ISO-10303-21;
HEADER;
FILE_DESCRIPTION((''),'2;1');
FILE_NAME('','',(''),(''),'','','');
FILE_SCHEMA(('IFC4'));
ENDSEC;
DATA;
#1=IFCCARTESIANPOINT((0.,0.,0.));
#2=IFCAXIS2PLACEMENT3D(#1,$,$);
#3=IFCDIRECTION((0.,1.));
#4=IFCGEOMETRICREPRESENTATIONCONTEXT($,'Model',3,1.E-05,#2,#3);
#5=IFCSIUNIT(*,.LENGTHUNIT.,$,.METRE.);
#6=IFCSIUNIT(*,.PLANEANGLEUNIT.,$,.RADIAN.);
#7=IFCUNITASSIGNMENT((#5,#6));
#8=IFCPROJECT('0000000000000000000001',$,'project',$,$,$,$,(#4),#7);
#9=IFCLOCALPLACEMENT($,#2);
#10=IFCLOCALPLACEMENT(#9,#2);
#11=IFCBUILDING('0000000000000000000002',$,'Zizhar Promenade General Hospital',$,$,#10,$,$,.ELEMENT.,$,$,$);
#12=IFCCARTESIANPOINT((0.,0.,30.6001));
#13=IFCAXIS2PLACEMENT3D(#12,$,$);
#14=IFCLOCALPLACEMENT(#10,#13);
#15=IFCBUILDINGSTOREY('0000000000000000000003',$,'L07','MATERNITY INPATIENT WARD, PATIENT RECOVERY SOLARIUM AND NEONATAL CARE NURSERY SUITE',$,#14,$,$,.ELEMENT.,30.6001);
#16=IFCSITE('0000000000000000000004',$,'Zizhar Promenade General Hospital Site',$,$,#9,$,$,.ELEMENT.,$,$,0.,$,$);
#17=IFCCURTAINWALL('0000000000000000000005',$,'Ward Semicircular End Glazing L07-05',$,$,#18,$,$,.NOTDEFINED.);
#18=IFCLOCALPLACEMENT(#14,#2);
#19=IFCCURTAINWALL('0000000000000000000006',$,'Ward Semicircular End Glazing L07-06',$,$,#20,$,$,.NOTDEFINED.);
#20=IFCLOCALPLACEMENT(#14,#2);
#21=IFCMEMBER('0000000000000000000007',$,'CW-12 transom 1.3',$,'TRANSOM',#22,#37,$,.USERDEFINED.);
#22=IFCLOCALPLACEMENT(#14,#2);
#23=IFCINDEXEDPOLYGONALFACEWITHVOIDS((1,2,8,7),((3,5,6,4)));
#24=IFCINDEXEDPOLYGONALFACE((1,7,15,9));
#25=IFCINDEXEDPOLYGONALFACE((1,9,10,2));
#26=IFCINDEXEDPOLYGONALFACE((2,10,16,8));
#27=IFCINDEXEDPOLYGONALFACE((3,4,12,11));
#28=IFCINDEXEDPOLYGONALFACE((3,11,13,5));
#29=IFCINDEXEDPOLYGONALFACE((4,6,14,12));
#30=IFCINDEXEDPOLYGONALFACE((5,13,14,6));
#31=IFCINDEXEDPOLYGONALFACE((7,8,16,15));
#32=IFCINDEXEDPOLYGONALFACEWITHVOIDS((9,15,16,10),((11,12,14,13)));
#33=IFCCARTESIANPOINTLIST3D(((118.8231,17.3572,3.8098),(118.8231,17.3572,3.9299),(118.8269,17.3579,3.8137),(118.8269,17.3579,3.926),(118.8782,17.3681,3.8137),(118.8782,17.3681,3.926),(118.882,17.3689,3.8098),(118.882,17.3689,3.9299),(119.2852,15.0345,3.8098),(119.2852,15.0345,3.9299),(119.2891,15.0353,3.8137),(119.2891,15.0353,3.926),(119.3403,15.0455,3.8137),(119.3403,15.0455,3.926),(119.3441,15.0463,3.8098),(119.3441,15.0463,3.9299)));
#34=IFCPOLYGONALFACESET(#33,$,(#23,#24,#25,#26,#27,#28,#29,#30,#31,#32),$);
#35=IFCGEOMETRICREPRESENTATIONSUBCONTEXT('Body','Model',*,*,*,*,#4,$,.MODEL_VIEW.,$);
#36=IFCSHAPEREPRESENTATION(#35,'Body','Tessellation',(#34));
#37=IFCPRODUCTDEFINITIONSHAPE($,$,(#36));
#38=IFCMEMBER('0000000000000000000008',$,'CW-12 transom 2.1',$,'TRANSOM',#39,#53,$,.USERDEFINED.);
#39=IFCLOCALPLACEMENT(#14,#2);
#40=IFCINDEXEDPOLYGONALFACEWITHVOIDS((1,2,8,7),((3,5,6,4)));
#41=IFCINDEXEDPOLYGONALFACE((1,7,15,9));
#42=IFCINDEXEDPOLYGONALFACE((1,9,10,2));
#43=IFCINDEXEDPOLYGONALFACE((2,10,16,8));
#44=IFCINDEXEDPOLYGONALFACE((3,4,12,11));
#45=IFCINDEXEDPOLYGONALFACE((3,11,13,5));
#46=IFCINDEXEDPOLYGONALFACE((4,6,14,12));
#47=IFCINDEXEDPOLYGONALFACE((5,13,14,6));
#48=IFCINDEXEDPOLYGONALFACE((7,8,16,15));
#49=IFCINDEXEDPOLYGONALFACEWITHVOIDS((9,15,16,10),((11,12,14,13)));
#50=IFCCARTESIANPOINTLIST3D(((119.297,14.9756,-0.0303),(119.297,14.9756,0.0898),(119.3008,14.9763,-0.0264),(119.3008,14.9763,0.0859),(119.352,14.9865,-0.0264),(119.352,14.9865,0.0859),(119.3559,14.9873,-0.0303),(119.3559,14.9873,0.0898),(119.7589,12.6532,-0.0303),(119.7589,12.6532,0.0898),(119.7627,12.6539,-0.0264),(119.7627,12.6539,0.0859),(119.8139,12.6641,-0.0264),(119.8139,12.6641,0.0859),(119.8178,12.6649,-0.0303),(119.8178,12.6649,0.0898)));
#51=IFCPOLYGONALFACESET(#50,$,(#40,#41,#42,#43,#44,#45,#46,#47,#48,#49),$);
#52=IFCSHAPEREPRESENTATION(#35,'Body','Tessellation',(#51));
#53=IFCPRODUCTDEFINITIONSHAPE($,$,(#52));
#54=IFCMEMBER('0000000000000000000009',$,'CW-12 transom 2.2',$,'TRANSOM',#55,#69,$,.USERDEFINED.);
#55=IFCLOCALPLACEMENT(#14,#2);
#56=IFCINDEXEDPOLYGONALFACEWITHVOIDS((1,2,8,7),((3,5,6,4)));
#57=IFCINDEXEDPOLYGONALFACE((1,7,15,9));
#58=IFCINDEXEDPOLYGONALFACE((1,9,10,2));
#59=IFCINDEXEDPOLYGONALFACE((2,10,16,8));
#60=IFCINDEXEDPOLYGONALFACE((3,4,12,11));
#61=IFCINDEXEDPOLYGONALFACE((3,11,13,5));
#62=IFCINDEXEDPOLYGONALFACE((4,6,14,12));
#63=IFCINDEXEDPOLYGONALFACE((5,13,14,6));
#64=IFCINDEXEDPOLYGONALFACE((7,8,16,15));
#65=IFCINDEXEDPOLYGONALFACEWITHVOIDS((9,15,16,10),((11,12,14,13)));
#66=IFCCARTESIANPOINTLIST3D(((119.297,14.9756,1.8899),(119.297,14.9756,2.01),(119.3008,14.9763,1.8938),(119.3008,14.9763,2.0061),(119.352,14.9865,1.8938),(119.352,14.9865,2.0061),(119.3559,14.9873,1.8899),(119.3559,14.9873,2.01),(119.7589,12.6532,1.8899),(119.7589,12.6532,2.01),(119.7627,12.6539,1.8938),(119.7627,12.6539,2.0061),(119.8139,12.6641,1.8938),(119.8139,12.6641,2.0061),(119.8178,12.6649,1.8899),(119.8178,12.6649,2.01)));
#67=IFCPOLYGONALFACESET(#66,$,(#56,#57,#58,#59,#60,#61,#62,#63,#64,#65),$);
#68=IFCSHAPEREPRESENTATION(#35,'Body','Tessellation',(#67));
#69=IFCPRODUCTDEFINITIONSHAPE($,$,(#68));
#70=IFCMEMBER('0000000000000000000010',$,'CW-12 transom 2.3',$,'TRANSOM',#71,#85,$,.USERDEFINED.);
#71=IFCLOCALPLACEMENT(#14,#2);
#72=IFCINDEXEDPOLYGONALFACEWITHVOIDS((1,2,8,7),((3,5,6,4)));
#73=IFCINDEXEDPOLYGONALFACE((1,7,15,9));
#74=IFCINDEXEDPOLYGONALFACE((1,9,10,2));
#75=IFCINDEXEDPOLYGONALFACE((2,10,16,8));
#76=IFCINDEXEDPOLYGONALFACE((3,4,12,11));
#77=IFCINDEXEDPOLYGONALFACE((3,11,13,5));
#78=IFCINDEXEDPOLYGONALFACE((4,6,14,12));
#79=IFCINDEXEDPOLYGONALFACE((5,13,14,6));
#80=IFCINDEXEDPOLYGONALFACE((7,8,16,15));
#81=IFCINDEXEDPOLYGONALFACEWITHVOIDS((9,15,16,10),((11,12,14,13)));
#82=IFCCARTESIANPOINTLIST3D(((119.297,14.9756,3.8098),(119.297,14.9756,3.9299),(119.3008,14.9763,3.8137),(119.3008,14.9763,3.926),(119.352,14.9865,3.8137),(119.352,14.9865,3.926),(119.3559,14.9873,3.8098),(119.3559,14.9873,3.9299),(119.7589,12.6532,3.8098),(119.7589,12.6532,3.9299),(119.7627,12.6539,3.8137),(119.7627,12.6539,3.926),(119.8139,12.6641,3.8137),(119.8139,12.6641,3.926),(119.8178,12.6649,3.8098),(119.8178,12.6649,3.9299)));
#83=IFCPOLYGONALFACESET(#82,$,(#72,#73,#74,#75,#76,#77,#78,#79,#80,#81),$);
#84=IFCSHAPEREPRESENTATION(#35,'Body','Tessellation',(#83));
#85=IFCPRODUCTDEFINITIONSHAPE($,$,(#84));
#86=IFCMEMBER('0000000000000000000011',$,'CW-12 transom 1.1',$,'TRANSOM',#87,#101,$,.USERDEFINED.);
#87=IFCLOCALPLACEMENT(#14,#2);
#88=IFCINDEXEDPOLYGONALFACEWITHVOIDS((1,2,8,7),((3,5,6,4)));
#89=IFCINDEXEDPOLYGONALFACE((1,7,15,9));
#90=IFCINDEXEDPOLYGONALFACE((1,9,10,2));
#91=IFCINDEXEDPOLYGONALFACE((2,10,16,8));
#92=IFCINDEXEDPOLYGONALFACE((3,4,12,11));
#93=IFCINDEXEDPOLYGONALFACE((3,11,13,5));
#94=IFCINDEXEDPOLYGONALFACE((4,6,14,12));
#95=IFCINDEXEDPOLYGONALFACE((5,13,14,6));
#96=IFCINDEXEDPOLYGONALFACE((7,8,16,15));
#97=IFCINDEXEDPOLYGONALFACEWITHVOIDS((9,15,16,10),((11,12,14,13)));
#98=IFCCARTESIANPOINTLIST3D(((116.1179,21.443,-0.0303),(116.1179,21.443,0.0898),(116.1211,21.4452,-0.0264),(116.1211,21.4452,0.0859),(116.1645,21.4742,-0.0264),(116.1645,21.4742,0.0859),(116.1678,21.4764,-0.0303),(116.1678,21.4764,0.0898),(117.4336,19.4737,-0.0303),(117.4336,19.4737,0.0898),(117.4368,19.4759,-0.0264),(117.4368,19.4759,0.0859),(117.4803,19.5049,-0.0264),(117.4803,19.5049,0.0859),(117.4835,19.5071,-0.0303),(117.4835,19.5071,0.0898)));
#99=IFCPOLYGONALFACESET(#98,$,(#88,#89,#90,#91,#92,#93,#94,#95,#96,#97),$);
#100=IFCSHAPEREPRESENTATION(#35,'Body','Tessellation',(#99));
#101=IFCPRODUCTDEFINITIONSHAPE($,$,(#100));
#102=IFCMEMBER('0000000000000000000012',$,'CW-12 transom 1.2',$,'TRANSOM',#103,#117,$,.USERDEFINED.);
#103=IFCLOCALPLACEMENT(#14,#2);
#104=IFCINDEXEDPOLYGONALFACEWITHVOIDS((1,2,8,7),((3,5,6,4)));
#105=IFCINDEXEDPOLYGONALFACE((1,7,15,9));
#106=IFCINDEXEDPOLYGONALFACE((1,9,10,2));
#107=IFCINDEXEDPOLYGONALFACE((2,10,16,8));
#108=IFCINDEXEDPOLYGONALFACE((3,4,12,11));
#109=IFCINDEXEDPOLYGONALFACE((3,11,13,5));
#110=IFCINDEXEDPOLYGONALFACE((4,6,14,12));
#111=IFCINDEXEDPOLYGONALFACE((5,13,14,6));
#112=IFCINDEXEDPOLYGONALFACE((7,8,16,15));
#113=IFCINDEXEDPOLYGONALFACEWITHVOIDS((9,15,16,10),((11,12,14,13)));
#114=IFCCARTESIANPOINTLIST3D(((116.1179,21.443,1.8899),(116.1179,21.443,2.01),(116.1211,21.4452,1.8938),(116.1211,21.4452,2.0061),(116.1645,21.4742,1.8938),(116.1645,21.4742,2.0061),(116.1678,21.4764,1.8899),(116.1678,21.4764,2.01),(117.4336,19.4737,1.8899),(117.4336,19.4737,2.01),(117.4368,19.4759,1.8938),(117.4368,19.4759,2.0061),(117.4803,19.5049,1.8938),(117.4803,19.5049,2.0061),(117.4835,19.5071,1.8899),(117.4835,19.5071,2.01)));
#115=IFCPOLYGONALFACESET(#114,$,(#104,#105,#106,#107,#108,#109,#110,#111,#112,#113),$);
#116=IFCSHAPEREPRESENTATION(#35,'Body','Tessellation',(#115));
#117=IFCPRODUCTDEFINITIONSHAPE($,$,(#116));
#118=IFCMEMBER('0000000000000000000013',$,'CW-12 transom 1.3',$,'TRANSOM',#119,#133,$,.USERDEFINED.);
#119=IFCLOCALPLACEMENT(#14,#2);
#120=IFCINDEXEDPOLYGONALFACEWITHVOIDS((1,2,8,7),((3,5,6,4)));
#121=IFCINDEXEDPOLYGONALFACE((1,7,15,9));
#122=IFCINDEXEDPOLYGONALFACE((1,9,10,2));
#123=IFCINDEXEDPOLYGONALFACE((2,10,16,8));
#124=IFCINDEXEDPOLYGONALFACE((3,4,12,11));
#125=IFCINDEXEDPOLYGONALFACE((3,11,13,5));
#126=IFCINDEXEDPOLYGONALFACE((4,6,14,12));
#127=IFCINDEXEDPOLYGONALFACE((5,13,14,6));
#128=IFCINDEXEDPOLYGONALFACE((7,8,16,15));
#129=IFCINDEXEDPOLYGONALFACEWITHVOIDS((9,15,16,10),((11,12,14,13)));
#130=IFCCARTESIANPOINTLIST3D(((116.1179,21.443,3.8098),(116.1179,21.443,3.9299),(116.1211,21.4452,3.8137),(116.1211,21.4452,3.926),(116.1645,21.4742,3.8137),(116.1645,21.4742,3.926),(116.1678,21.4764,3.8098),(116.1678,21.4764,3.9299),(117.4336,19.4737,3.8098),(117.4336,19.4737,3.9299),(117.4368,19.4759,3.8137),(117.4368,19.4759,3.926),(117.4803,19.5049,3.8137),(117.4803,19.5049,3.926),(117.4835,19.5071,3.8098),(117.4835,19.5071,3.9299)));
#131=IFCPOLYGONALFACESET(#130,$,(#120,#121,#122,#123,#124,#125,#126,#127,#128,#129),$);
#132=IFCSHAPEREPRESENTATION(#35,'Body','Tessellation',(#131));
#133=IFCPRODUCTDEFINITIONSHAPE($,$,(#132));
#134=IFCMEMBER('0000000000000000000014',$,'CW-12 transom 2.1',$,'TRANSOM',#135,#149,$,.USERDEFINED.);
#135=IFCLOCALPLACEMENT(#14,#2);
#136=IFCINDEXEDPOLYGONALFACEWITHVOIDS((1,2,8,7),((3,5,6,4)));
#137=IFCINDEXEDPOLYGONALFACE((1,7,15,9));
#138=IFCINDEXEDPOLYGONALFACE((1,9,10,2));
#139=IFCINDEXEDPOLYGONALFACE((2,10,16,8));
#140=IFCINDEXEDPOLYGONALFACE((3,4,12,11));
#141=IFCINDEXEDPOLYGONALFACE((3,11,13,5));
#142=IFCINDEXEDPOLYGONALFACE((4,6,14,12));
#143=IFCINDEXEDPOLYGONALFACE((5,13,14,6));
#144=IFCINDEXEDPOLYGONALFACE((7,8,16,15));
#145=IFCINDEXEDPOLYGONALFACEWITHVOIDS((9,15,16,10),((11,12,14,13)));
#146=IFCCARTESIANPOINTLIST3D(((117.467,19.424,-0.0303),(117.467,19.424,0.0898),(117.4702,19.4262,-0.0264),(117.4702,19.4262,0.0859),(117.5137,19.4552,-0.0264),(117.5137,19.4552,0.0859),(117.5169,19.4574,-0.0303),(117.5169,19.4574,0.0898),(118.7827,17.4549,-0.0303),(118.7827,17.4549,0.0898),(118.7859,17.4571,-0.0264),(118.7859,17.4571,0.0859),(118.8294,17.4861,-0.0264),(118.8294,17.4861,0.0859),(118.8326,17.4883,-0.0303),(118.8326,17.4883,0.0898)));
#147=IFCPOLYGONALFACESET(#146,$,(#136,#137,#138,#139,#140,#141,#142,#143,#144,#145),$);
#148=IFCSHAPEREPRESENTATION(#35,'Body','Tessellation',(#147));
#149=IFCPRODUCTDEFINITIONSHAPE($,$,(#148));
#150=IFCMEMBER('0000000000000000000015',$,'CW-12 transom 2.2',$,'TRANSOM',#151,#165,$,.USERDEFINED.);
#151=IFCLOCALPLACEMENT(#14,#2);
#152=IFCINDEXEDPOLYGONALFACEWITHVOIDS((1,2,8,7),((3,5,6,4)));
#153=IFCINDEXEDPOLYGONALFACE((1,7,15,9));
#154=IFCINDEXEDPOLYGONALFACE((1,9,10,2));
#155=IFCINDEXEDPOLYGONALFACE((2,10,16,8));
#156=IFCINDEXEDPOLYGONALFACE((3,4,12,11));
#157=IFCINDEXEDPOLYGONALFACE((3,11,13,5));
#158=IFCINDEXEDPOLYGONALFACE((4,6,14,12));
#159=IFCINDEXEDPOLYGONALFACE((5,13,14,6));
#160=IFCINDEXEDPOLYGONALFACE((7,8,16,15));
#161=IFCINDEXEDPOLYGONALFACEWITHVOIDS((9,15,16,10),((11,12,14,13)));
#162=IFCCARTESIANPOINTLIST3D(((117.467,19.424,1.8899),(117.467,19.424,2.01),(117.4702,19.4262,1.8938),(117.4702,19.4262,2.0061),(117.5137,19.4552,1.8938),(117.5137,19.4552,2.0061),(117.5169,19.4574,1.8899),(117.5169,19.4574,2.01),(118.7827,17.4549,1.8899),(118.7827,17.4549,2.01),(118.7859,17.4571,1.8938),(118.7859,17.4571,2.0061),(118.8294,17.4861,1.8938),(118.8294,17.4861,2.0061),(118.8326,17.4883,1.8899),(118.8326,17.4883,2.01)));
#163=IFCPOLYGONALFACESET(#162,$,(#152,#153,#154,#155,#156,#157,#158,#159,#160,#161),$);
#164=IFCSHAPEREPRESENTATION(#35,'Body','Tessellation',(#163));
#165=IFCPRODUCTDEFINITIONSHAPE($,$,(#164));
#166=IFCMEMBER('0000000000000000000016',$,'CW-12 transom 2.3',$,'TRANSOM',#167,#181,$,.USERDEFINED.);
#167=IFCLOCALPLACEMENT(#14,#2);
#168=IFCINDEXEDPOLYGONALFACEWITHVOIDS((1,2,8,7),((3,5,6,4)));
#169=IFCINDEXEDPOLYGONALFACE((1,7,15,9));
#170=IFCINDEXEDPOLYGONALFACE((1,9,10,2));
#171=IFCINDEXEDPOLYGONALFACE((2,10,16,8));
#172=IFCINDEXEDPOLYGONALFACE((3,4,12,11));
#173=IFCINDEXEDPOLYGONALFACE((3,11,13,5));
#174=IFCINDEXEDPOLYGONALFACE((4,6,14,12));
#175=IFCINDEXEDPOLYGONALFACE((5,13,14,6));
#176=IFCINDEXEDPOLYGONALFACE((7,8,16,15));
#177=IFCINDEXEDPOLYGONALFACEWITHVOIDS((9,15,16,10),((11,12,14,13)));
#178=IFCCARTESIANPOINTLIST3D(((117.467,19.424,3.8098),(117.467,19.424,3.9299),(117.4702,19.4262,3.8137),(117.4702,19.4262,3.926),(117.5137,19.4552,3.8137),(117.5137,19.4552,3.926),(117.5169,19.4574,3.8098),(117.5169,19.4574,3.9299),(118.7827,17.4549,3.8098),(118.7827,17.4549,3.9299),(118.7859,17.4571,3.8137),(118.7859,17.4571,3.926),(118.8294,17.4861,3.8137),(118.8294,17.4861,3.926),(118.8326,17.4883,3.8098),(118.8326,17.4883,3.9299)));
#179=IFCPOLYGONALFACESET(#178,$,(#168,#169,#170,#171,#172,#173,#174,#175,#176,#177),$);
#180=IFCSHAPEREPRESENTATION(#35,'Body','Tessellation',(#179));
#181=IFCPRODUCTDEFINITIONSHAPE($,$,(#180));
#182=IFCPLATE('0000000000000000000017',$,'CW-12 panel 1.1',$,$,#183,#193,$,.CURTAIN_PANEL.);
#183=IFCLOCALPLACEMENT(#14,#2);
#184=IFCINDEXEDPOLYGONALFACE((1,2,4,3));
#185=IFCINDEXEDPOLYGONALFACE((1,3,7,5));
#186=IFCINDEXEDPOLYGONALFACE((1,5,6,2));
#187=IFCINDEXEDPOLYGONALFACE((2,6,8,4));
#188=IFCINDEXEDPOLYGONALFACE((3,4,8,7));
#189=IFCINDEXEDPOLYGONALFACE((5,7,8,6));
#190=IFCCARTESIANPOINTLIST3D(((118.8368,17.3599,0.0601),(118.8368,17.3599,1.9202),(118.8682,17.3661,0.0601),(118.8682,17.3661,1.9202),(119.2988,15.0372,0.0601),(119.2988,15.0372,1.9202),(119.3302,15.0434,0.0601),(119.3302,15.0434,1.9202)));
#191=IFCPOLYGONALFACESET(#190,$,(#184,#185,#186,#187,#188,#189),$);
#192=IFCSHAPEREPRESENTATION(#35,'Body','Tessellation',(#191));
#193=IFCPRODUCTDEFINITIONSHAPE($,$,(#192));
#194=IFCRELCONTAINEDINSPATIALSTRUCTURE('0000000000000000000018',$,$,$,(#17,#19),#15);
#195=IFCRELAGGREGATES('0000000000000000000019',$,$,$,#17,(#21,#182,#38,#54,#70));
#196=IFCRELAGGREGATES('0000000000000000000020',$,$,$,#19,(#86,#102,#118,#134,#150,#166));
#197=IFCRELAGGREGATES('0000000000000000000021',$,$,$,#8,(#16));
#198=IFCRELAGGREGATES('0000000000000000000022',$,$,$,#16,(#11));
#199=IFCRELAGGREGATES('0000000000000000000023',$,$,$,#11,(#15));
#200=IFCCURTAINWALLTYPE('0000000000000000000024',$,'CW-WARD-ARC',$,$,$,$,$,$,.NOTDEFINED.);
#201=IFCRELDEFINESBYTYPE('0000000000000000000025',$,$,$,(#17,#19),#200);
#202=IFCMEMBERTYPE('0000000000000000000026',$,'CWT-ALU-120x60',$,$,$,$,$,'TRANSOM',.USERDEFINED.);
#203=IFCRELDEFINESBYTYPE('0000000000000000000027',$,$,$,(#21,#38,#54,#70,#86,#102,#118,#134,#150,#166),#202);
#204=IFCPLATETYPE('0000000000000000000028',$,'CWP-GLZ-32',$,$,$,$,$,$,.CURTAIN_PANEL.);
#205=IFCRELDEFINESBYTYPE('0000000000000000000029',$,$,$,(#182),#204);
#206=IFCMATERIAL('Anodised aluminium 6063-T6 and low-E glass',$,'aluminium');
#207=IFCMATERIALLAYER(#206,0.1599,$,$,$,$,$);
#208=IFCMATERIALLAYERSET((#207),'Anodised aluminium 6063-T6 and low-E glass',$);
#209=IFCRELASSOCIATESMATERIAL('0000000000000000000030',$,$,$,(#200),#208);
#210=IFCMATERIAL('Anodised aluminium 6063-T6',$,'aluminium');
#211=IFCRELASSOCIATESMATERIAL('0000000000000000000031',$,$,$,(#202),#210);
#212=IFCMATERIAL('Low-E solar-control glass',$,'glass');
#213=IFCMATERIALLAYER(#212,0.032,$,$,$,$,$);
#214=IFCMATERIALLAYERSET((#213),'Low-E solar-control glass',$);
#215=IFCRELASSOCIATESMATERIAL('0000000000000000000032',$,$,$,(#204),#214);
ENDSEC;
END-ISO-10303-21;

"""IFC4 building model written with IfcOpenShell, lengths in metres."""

from ifc_helpers import new_model, si_unit, direction, frame, origin, origin_2d, place, context, subcontext, project, spatial, rectangle, hollow_rectangle, extrude, material, layer, layer_set, material_profile, profile_set, type_object, element, aggregate, save


model = new_model("IFC4")

# Units and contexts
model_context = context("Model", 3, precision=1e-05, world=origin(), true_north=direction((0.0, 1.0)))
body_context = subcontext(model_context, "Body", "Model", "MODEL_VIEW")
ifc_project = project(units=[si_unit("LENGTHUNIT", "METRE"), si_unit("PLANEANGLEUNIT", "RADIAN")], contexts=[model_context])

# Site, building, storey
site_placement = place(None, origin())
site = spatial("IfcSite", under=ifc_project, at=site_placement, Name="Zizhar Promenade General Hospital Site", CompositionType="ELEMENT", RefElevation=0.0)
building_placement = place(site_placement, origin())
building = spatial("IfcBuilding", under=site, at=building_placement, Name="Zizhar Promenade General Hospital", CompositionType="ELEMENT")
storey_placement = place(building_placement, frame((0.0, 0.0, 30.6001)))
storey = spatial("IfcBuildingStorey", under=building, at=storey_placement, Name="L07", Description="MATERNITY INPATIENT WARD, PATIENT RECOVERY SOLARIUM AND NEONATAL CARE NURSERY SUITE", CompositionType="ELEMENT", Elevation=30.6001)

# Curtain walls
ifc_material_1 = material(Name="Anodised aluminium 6063-T6 and low-E glass", Category="aluminium")
ifc_layer_1 = layer(ifc_material_1, 0.1599)
ifc_layer_set_1 = layer_set([ifc_layer_1], Name="Anodised aluminium 6063-T6 and low-E glass")
curtain_wall_type = type_object("IfcCurtainWallType", Name="CW-WARD-ARC", PredefinedType="NOTDEFINED", material=ifc_layer_set_1)
curtain_wall_1_placement = place(storey_placement, origin())
curtain_wall_1 = element("IfcCurtainWall", 1, at=curtain_wall_1_placement, inside=storey, type_object=curtain_wall_type, Name="Ward Semicircular End Glazing L07-05", PredefinedType="NOTDEFINED")
curtain_wall_2_placement = place(storey_placement, origin())
curtain_wall_2 = element("IfcCurtainWall", 2, at=curtain_wall_2_placement, inside=storey, type_object=curtain_wall_type, Name="Ward Semicircular End Glazing L07-06", PredefinedType="NOTDEFINED")

# Members
ifc_material_2 = material(Name="Anodised aluminium 6063-T6", Category="aluminium")
ifc_material_profile_1 = material_profile(ifc_material_2, hollow_rectangle(XDim=0.0601, YDim=0.1201, WallThickness=0.0039, at=origin_2d()))
ifc_profile_set_1 = profile_set([ifc_material_profile_1], Name="Anodised aluminium 6063-T6")
member_type_1 = type_object("IfcMemberType", Name="CWT-ALU-120x60", ElementType="TRANSOM", PredefinedType="USERDEFINED", material=ifc_profile_set_1)
member_1_placement = place(storey_placement, frame((118.8525, 17.363, 3.8699), z_axis=(0.195145, -0.980774, 0.0), x_axis=(0.980774, 0.195145, 0.0)))
member_1 = element("IfcMember", 3, at=member_1_placement, type_object=member_type_1, Name="CW-12 transom 1.3", ObjectType="TRANSOM", PredefinedType="USERDEFINED", context=body_context, shape_type="SweptSolid", body=[
    extrude(hollow_rectangle(XDim=0.0601, YDim=0.1201, WallThickness=0.0039, at=origin_2d()), origin(), (0.0, 0.0, 1.0), 2.3682),
])
member_2_placement = place(storey_placement, frame((119.3264, 14.9814, 0.0298), z_axis=(0.195065, -0.98079, 0.0), x_axis=(0.98079, 0.195065, 0.0)))
member_2 = element("IfcMember", 4, at=member_2_placement, type_object=member_type_1, Name="CW-12 transom 2.1", ObjectType="TRANSOM", PredefinedType="USERDEFINED", context=body_context, shape_type="SweptSolid", body=[
    extrude(hollow_rectangle(XDim=0.0601, YDim=0.1201, WallThickness=0.0039, at=origin_2d()), origin(), (0.0, 0.0, 1.0), 2.3679),
])
member_3_placement = place(storey_placement, frame((119.3264, 14.9814, 1.95), z_axis=(0.195065, -0.98079, 0.0), x_axis=(0.98079, 0.195065, 0.0)))
member_3 = element("IfcMember", 5, at=member_3_placement, type_object=member_type_1, Name="CW-12 transom 2.2", ObjectType="TRANSOM", PredefinedType="USERDEFINED", context=body_context, shape_type="SweptSolid", body=[
    extrude(hollow_rectangle(XDim=0.0601, YDim=0.1201, WallThickness=0.0039, at=origin_2d()), origin(), (0.0, 0.0, 1.0), 2.3679),
])
member_4_placement = place(storey_placement, frame((119.3264, 14.9814, 3.8699), z_axis=(0.195065, -0.98079, 0.0), x_axis=(0.98079, 0.195065, 0.0)))
member_4 = element("IfcMember", 6, at=member_4_placement, type_object=member_type_1, Name="CW-12 transom 2.3", ObjectType="TRANSOM", PredefinedType="USERDEFINED", context=body_context, shape_type="SweptSolid", body=[
    extrude(hollow_rectangle(XDim=0.0601, YDim=0.1201, WallThickness=0.0039, at=origin_2d()), origin(), (0.0, 0.0, 1.0), 2.3679),
])
member_5_placement = place(storey_placement, frame((116.1428, 21.4597, 0.0298), z_axis=(0.555533, -0.831495, 0.0), x_axis=(0.831495, 0.555533, 0.0)))
member_5 = element("IfcMember", 7, at=member_5_placement, type_object=member_type_1, Name="CW-12 transom 1.1", ObjectType="TRANSOM", PredefinedType="USERDEFINED", context=body_context, shape_type="SweptSolid", body=[
    extrude(hollow_rectangle(XDim=0.0601, YDim=0.1201, WallThickness=0.0039, at=origin_2d()), origin(), (0.0, 0.0, 1.0), 2.3684),
])
member_6_placement = place(storey_placement, frame((116.1428, 21.4597, 1.95), z_axis=(0.555533, -0.831495, 0.0), x_axis=(0.831495, 0.555533, 0.0)))
member_6 = element("IfcMember", 8, at=member_6_placement, type_object=member_type_1, Name="CW-12 transom 1.2", ObjectType="TRANSOM", PredefinedType="USERDEFINED", context=body_context, shape_type="SweptSolid", body=[
    extrude(hollow_rectangle(XDim=0.0601, YDim=0.1201, WallThickness=0.0039, at=origin_2d()), origin(), (0.0, 0.0, 1.0), 2.3684),
])
member_7_placement = place(storey_placement, frame((116.1428, 21.4597, 3.8699), z_axis=(0.555533, -0.831495, 0.0), x_axis=(0.831495, 0.555533, 0.0)))
member_7 = element("IfcMember", 9, at=member_7_placement, type_object=member_type_1, Name="CW-12 transom 1.3", ObjectType="TRANSOM", PredefinedType="USERDEFINED", context=body_context, shape_type="SweptSolid", body=[
    extrude(hollow_rectangle(XDim=0.0601, YDim=0.1201, WallThickness=0.0039, at=origin_2d()), origin(), (0.0, 0.0, 1.0), 2.3684),
])
member_8_placement = place(storey_placement, frame((117.4919, 19.4407, 0.0298), z_axis=(0.55558, -0.831463, 0.0), x_axis=(0.831463, 0.55558, 0.0)))
member_8 = element("IfcMember", 10, at=member_8_placement, type_object=member_type_1, Name="CW-12 transom 2.1", ObjectType="TRANSOM", PredefinedType="USERDEFINED", context=body_context, shape_type="SweptSolid", body=[
    extrude(hollow_rectangle(XDim=0.0601, YDim=0.1201, WallThickness=0.0039, at=origin_2d()), origin(), (0.0, 0.0, 1.0), 2.3682),
])
member_9_placement = place(storey_placement, frame((117.4919, 19.4407, 1.95), z_axis=(0.55558, -0.831463, 0.0), x_axis=(0.831463, 0.55558, 0.0)))
member_9 = element("IfcMember", 11, at=member_9_placement, type_object=member_type_1, Name="CW-12 transom 2.2", ObjectType="TRANSOM", PredefinedType="USERDEFINED", context=body_context, shape_type="SweptSolid", body=[
    extrude(hollow_rectangle(XDim=0.0601, YDim=0.1201, WallThickness=0.0039, at=origin_2d()), origin(), (0.0, 0.0, 1.0), 2.3682),
])
member_10_placement = place(storey_placement, frame((117.4919, 19.4407, 3.8699), z_axis=(0.55558, -0.831463, 0.0), x_axis=(0.831463, 0.55558, 0.0)))
member_10 = element("IfcMember", 12, at=member_10_placement, type_object=member_type_1, Name="CW-12 transom 2.3", ObjectType="TRANSOM", PredefinedType="USERDEFINED", context=body_context, shape_type="SweptSolid", body=[
    extrude(hollow_rectangle(XDim=0.0601, YDim=0.1201, WallThickness=0.0039, at=origin_2d()), origin(), (0.0, 0.0, 1.0), 2.3682),
])

# Plate
ifc_material_3 = material(Name="Low-E solar-control glass", Category="glass")
ifc_layer_2 = layer(ifc_material_3, 0.032)
ifc_layer_set_2 = layer_set([ifc_layer_2], Name="Low-E solar-control glass")
plate_type = type_object("IfcPlateType", Name="CWP-GLZ-32", PredefinedType="CURTAIN_PANEL", material=ifc_layer_set_2)
plate_1_placement = place(storey_placement, frame((119.0835, 16.2017, 0.0601), z_axis=(0.0, 0.0, 1.0), x_axis=(0.195087, -0.980786, 0.0)))
plate_1 = element("IfcPlate", 13, at=plate_1_placement, type_object=plate_type, Name="CW-12 panel 1.1", PredefinedType="CURTAIN_PANEL", context=body_context, shape_type="SweptSolid", body=[
    extrude(rectangle(XDim=2.3682, YDim=0.032, at=origin_2d()), origin(), (0.0, 0.0, 1.0), 1.8601),
])
aggregate(curtain_wall_1, [member_1, plate_1, member_2, member_3, member_4])
aggregate(curtain_wall_2, [member_5, member_6, member_7, member_8, member_9, member_10])

save(model, "model.ifc")
